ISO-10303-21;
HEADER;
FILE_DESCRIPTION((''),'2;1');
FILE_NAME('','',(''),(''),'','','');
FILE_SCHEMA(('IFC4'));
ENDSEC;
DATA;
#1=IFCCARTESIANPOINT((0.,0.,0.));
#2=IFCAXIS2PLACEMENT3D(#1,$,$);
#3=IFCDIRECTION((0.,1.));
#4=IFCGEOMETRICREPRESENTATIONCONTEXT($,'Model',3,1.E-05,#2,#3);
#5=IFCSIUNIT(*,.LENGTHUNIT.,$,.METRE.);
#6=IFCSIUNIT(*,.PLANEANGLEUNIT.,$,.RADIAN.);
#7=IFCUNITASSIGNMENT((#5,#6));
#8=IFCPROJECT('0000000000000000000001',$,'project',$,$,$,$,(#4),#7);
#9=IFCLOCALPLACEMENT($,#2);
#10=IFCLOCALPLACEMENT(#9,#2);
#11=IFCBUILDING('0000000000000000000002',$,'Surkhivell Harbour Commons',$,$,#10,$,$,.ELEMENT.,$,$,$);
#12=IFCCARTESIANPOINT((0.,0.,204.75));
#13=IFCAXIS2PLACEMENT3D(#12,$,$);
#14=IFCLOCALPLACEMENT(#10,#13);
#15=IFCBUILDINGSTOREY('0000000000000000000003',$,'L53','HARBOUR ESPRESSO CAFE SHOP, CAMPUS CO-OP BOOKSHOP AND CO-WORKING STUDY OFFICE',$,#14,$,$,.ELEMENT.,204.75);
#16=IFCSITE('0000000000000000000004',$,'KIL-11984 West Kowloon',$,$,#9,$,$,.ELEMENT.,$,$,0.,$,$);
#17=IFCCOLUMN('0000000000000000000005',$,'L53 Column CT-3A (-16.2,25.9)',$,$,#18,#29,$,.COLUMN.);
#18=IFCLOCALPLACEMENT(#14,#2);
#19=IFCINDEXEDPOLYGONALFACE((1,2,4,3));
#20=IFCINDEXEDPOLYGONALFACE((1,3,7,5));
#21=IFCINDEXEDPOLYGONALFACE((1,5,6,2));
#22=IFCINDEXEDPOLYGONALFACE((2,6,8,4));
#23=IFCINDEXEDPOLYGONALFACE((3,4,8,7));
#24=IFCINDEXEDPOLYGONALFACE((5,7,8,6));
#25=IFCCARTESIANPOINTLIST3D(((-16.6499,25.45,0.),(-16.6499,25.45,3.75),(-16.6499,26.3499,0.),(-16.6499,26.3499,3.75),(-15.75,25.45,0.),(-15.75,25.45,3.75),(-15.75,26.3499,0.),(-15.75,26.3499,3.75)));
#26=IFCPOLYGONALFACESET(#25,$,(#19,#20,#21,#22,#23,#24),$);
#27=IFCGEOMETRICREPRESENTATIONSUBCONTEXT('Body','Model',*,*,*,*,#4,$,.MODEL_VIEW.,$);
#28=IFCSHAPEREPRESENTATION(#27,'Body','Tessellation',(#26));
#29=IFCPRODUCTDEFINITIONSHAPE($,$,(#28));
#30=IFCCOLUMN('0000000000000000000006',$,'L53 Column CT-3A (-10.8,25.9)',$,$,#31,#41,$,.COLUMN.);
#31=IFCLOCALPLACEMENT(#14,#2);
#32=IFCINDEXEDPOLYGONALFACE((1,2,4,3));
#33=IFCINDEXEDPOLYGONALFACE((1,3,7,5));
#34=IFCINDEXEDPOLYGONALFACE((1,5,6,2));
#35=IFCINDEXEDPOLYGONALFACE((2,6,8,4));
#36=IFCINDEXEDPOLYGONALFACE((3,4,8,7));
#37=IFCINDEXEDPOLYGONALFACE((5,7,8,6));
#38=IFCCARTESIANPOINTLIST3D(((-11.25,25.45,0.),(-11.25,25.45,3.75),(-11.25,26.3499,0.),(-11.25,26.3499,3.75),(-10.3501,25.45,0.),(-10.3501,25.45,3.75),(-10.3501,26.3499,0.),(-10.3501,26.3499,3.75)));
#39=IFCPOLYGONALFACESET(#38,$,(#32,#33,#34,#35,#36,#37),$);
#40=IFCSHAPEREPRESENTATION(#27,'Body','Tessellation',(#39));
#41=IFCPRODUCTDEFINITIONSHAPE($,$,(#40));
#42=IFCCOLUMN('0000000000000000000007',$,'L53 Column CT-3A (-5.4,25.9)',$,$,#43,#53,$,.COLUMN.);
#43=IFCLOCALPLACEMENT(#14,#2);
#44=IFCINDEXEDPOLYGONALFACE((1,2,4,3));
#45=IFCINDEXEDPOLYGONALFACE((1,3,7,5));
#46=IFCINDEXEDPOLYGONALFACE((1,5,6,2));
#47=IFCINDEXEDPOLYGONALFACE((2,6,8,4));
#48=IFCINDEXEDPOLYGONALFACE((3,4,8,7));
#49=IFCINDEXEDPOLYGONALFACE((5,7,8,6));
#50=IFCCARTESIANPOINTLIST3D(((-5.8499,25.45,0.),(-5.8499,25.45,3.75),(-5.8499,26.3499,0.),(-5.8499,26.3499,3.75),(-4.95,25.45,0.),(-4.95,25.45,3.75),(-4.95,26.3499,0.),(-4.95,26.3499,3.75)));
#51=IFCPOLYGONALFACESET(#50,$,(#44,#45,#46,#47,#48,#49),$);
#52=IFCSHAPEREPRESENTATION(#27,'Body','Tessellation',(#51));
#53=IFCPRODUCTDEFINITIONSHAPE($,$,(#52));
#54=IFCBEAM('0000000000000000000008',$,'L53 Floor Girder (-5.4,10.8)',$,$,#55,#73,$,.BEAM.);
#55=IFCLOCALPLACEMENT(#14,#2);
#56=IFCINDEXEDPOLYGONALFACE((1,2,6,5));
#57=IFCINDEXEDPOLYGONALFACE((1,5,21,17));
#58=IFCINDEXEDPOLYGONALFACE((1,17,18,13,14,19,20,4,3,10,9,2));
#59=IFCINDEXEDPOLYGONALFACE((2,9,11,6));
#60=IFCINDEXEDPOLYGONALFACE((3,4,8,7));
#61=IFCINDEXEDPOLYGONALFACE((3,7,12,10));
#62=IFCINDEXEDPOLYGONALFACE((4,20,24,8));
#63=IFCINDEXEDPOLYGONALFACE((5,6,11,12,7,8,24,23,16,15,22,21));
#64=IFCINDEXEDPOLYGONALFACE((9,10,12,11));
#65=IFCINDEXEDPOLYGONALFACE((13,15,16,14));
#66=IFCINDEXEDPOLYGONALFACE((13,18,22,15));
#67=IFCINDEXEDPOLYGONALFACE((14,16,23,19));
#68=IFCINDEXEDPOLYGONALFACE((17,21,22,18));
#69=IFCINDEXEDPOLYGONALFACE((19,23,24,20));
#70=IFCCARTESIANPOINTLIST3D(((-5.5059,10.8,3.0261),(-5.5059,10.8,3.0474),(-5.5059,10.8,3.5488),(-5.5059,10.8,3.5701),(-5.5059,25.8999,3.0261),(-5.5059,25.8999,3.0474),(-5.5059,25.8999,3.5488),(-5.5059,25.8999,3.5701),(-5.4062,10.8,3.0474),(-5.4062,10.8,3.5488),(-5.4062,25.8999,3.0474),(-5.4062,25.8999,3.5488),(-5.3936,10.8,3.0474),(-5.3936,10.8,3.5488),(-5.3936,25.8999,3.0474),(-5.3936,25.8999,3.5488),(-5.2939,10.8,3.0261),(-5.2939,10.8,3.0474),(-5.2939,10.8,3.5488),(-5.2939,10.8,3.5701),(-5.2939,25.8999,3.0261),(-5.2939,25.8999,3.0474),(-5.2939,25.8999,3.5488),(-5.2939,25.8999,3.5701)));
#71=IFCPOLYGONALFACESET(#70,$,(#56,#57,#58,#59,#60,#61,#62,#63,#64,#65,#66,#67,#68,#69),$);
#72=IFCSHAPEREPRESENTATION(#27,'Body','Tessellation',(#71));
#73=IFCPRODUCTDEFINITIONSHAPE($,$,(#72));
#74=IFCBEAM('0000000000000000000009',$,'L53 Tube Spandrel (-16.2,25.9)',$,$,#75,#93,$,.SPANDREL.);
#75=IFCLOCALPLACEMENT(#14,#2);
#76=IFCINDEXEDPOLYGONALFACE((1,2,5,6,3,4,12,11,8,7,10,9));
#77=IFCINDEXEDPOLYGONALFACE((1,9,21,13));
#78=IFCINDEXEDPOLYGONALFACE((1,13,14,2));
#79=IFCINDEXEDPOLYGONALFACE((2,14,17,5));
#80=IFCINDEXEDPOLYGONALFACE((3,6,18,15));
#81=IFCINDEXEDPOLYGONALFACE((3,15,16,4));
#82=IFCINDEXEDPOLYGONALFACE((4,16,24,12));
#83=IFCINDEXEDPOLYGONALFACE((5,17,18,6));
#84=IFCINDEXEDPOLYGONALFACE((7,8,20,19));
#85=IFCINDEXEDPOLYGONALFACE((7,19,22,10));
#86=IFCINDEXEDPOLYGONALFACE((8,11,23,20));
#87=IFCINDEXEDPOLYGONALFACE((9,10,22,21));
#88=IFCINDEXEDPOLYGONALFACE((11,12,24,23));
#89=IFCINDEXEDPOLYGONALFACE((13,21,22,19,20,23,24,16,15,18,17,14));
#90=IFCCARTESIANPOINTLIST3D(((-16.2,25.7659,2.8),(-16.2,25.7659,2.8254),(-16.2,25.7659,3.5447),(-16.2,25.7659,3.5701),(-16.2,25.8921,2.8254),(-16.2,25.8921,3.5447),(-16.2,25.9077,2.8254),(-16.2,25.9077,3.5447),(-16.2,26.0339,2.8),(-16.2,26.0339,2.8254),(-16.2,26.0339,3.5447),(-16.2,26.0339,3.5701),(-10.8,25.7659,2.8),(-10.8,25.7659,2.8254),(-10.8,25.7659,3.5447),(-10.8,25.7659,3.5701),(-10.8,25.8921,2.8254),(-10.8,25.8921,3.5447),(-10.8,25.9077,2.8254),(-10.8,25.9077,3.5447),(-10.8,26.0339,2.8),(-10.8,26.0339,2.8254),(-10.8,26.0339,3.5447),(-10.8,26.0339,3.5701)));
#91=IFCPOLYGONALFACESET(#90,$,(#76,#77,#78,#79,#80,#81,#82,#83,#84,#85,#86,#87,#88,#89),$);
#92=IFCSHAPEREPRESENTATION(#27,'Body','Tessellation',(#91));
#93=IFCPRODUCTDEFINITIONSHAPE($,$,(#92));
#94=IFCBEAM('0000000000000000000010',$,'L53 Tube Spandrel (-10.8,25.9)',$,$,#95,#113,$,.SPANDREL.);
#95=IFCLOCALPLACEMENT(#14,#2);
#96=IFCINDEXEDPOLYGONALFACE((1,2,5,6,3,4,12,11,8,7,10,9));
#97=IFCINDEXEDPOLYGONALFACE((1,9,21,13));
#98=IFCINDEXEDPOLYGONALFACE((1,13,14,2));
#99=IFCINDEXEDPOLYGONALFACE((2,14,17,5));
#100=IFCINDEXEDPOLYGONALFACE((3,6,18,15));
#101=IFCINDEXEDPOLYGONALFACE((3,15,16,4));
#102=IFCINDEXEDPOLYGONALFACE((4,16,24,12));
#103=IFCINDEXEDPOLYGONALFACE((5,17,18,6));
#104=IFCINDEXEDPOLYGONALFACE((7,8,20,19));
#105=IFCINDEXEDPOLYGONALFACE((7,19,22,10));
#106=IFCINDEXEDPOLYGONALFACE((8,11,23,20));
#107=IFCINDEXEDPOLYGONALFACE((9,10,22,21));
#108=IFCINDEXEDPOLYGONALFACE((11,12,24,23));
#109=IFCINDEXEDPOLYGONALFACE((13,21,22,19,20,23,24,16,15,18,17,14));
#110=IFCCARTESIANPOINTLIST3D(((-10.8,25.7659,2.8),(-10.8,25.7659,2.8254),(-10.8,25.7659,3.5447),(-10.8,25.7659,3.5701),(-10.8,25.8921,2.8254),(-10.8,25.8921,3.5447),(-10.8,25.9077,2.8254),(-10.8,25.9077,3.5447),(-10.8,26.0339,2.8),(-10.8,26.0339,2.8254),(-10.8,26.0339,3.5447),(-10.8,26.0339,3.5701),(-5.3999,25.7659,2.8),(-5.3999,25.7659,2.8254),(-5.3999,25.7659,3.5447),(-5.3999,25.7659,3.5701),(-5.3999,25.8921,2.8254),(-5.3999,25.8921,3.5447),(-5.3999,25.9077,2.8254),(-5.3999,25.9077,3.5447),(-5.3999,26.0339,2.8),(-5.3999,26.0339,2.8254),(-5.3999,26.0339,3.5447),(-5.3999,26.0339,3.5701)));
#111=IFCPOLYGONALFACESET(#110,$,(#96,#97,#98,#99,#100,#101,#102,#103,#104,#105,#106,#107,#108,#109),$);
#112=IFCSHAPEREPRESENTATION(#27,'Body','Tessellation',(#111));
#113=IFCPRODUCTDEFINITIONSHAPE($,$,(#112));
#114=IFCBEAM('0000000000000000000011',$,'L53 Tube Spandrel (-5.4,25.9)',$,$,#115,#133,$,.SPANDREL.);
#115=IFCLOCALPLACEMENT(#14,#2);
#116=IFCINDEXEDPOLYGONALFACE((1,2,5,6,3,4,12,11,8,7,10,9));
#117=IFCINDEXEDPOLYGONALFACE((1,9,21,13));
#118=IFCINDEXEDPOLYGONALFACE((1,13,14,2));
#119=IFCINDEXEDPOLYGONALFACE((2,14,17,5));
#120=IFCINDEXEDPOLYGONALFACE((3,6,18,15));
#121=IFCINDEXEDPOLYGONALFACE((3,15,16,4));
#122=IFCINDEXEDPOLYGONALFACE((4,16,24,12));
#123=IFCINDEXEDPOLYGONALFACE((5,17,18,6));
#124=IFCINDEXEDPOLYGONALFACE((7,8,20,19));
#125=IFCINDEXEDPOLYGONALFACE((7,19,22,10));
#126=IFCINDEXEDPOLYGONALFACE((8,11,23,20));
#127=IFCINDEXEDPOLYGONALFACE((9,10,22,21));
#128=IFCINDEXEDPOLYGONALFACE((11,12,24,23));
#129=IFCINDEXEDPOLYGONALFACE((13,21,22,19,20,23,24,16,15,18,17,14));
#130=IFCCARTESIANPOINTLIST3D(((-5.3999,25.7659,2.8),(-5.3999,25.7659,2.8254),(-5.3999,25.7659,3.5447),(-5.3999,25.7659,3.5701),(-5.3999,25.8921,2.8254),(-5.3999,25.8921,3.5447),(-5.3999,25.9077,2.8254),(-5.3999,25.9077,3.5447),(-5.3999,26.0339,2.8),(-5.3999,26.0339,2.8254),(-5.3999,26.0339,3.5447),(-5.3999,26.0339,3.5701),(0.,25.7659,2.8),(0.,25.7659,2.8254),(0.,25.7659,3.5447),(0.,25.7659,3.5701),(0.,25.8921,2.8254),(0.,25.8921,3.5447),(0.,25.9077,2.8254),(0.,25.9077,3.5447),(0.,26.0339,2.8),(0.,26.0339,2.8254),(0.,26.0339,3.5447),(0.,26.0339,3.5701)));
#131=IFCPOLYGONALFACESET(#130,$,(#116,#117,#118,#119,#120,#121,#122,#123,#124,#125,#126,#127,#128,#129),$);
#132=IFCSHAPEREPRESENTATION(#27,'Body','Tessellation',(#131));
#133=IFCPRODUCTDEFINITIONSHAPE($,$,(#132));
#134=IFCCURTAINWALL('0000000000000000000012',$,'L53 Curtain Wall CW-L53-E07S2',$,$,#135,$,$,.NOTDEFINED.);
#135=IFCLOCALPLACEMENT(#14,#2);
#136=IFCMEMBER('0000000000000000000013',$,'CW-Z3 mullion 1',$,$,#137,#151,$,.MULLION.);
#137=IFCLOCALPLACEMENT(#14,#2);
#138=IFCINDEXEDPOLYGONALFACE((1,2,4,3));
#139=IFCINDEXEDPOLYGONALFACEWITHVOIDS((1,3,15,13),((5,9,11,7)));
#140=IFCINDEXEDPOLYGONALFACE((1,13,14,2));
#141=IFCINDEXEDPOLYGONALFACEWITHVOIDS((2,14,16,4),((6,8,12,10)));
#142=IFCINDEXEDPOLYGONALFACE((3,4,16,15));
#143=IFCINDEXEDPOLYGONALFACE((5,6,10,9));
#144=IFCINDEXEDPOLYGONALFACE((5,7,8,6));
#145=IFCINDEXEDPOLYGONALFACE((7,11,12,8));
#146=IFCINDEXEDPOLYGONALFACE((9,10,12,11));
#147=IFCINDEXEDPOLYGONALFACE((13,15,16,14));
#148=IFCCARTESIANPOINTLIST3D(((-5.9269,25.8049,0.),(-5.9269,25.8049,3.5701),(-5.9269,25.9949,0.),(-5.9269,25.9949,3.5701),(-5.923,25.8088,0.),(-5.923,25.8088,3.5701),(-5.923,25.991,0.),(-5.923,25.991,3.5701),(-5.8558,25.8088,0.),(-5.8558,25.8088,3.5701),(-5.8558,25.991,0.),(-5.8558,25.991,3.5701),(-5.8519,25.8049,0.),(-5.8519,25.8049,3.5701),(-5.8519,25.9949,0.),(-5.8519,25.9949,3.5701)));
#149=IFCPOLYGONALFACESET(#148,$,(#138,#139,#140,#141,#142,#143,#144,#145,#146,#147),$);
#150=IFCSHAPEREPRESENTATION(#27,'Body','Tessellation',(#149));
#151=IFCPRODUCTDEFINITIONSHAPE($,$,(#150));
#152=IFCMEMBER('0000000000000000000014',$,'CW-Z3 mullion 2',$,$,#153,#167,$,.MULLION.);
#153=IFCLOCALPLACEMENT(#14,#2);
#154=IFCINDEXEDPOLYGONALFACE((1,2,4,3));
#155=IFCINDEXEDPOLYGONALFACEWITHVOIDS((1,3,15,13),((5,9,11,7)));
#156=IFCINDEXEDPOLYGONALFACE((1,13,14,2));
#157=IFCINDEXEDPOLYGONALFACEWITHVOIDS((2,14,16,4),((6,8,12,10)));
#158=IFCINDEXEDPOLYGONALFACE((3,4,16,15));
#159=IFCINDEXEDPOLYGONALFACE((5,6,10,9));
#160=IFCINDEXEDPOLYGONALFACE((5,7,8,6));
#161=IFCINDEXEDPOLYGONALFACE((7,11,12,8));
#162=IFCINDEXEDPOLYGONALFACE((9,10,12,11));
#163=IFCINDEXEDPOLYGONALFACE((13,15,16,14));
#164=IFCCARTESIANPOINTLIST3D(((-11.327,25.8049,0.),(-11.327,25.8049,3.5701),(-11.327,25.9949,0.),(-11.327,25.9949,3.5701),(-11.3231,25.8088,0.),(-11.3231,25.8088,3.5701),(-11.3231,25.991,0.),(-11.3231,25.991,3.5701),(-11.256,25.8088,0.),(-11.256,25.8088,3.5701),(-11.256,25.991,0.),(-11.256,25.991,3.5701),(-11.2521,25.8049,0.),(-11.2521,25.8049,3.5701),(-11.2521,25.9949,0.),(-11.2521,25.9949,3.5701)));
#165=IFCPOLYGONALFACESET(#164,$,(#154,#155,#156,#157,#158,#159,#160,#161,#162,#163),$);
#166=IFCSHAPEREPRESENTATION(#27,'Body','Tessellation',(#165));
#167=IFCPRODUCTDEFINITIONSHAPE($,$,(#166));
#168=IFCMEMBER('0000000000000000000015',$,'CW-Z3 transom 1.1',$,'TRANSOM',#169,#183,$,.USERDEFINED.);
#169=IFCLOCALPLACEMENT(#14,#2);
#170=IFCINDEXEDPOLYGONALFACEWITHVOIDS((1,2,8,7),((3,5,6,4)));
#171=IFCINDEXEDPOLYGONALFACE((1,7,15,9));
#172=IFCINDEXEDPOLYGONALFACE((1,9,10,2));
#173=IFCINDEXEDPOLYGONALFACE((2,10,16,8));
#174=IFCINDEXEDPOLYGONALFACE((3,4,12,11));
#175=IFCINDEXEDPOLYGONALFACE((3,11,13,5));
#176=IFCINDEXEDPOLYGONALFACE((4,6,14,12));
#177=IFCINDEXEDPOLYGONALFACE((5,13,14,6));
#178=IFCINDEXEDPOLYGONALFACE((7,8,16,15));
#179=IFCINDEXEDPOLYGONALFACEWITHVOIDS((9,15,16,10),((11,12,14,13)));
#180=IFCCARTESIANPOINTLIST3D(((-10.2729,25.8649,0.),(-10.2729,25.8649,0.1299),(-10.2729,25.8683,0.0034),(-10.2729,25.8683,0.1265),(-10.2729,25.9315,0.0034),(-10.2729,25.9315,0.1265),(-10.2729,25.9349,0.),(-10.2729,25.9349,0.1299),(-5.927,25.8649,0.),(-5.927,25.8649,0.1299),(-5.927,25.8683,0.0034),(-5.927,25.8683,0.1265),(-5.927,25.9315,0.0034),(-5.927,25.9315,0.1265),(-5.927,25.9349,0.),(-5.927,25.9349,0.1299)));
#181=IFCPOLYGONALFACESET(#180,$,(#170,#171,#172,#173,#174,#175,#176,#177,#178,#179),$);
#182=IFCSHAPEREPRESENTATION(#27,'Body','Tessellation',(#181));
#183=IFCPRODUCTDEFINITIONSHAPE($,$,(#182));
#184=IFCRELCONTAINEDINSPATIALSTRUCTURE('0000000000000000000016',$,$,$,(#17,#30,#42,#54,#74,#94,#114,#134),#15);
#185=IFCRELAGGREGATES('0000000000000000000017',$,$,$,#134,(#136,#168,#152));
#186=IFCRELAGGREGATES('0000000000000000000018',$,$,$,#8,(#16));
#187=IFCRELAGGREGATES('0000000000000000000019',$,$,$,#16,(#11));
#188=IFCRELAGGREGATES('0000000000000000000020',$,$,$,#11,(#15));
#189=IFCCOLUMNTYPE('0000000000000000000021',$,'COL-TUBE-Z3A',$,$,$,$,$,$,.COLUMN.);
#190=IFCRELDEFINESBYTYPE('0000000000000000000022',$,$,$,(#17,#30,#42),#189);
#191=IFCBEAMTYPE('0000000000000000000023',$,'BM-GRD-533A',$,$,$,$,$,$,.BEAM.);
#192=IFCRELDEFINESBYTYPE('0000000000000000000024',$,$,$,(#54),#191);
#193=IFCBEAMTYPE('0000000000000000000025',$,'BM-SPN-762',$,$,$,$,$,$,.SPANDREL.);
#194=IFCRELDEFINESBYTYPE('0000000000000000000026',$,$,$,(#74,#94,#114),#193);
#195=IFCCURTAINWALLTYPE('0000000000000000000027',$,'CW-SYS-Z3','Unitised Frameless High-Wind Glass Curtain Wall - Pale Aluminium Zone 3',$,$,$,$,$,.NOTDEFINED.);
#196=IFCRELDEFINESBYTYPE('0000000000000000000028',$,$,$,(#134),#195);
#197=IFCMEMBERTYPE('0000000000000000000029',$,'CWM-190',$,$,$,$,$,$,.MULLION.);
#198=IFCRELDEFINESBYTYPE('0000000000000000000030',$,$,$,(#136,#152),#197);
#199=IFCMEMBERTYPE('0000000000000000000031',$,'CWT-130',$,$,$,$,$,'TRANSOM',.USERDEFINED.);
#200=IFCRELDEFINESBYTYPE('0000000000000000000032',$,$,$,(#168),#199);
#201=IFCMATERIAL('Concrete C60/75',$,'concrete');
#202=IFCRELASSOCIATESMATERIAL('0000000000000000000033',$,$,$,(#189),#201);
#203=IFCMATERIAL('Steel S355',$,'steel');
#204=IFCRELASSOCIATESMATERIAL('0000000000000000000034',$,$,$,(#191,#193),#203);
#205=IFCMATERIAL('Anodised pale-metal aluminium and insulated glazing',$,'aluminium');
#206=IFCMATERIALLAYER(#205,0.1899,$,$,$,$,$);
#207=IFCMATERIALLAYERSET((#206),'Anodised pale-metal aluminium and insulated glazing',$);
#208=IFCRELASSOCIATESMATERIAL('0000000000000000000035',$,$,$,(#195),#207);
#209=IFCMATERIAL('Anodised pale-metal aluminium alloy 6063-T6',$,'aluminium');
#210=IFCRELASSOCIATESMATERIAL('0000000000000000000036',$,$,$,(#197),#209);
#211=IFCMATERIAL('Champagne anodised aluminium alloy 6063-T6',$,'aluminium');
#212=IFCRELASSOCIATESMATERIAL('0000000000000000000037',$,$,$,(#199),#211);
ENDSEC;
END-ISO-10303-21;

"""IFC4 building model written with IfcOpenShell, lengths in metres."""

from ifc_helpers import new_model, si_unit, direction, frame, origin, origin_2d, place, context, subcontext, project, spatial, rectangle, hollow_rectangle, i_section, extrude, material, layer, layer_set, material_profile, profile_set, type_object, element, aggregate, save


model = new_model("IFC4")

# Units and contexts
model_context = context("Model", 3, precision=1e-05, world=origin(), true_north=direction((0.0, 1.0)))
body_context = subcontext(model_context, "Body", "Model", "MODEL_VIEW")
ifc_project = project(units=[si_unit("LENGTHUNIT", "METRE"), si_unit("PLANEANGLEUNIT", "RADIAN")], contexts=[model_context])

# Site, building, storey
site_placement = place(None, origin())
site = spatial("IfcSite", under=ifc_project, at=site_placement, Name="KIL-11984 West Kowloon", CompositionType="ELEMENT", RefElevation=0.0)
building_placement = place(site_placement, origin())
building = spatial("IfcBuilding", under=site, at=building_placement, Name="Surkhivell Harbour Commons", CompositionType="ELEMENT")
storey_placement = place(building_placement, frame((0.0, 0.0, 204.75)))
storey = spatial("IfcBuildingStorey", under=building, at=storey_placement, Name="L53", Description="HARBOUR ESPRESSO CAFE SHOP, CAMPUS CO-OP BOOKSHOP AND CO-WORKING STUDY OFFICE", CompositionType="ELEMENT", Elevation=204.75)

# Columns
ifc_material_1 = material(Name="Concrete C60/75", Category="concrete")
ifc_material_profile_1 = material_profile(ifc_material_1, rectangle(XDim=0.8999, YDim=0.8999, at=origin_2d()), Name="RC-COL-900x900")
ifc_profile_set_1 = profile_set([ifc_material_profile_1], Name="Concrete C60/75")
column_type = type_object("IfcColumnType", Name="COL-TUBE-Z3A", PredefinedType="COLUMN", material=ifc_profile_set_1)
for number, where, z_axis, x_axis, name in (
    (1, (-16.2, 25.8999, 0.0), (0.0, 0.0, 1.0), (1.0, 0.0, 0.0), "L53 Column CT-3A (-16.2,25.9)"),
    (2, (-10.8, 25.8999, 0.0), (0.0, 0.0, 1.0), (1.0, 0.0, 0.0), "L53 Column CT-3A (-10.8,25.9)"),
    (3, (-5.3999, 25.8999, 0.0), (0.0, 0.0, 1.0), (1.0, 0.0, 0.0), "L53 Column CT-3A (-5.4,25.9)"),
):
    element("IfcColumn", number, at=place(storey_placement, frame(where, z_axis=z_axis, x_axis=x_axis)), inside=storey, type_object=column_type, Name=name, PredefinedType="COLUMN", context=body_context, shape_type="SweptSolid", body=[
        extrude(rectangle(XDim=0.8999, YDim=0.8999, at=origin_2d()), origin(), (0.0, 0.0, 1.0), 3.75),
    ])

# Beams
ifc_material_2 = material(Name="Steel S355", Category="steel")
ifc_material_profile_2 = material_profile(ifc_material_2, i_section(OverallWidth=0.2119, OverallDepth=0.5439, WebThickness=0.0127, FlangeThickness=0.0212, at=origin_2d()), Name="UB533x210x122")
ifc_profile_set_2 = profile_set([ifc_material_profile_2], Name="Steel S355")
beam_type_1 = type_object("IfcBeamType", Name="BM-GRD-533A", PredefinedType="BEAM", material=ifc_profile_set_2)
beam_1_placement = place(storey_placement, frame((-5.3999, 10.8, 3.2981), z_axis=(0.0, 1.0, 0.0), x_axis=(-1.0, 0.0, 0.0)))
element("IfcBeam", 4, at=beam_1_placement, inside=storey, type_object=beam_type_1, Name="L53 Floor Girder (-5.4,10.8)", PredefinedType="BEAM", context=body_context, shape_type="SweptSolid", body=[
    extrude(i_section(OverallWidth=0.2119, OverallDepth=0.5439, WebThickness=0.0127, FlangeThickness=0.0212, at=origin_2d()), origin(), (0.0, 0.0, 1.0), 15.0999),
])
ifc_material_profile_3 = material_profile(ifc_material_2, i_section(OverallWidth=0.2681, OverallDepth=0.77, WebThickness=0.0156, FlangeThickness=0.0254, at=origin_2d()), Name="UB762x267x197")
ifc_profile_set_3 = profile_set([ifc_material_profile_3], Name="Steel S355")
beam_type_2 = type_object("IfcBeamType", Name="BM-SPN-762", PredefinedType="SPANDREL", material=ifc_profile_set_3)
beam_2_placement = place(storey_placement, frame((-16.2, 25.8999, 3.1851), z_axis=(1.0, 0.0, 0.0), x_axis=(0.0, 1.0, 0.0)))
element("IfcBeam", 5, at=beam_2_placement, inside=storey, type_object=beam_type_2, Name="L53 Tube Spandrel (-16.2,25.9)", PredefinedType="SPANDREL", context=body_context, shape_type="SweptSolid", body=[
    extrude(i_section(OverallWidth=0.2681, OverallDepth=0.77, WebThickness=0.0156, FlangeThickness=0.0254, at=origin_2d()), origin(), (0.0, 0.0, 1.0), 5.3999),
])
beam_3_placement = place(storey_placement, frame((-10.8, 25.8999, 3.1851), z_axis=(1.0, 0.0, 0.0), x_axis=(0.0, 1.0, 0.0)))
element("IfcBeam", 6, at=beam_3_placement, inside=storey, type_object=beam_type_2, Name="L53 Tube Spandrel (-10.8,25.9)", PredefinedType="SPANDREL", context=body_context, shape_type="SweptSolid", body=[
    extrude(i_section(OverallWidth=0.2681, OverallDepth=0.77, WebThickness=0.0156, FlangeThickness=0.0254, at=origin_2d()), origin(), (0.0, 0.0, 1.0), 5.4001),
])
beam_4_placement = place(storey_placement, frame((-5.3999, 25.8999, 3.1851), z_axis=(1.0, 0.0, 0.0), x_axis=(0.0, 1.0, 0.0)))
element("IfcBeam", 7, at=beam_4_placement, inside=storey, type_object=beam_type_2, Name="L53 Tube Spandrel (-5.4,25.9)", PredefinedType="SPANDREL", context=body_context, shape_type="SweptSolid", body=[
    extrude(i_section(OverallWidth=0.2681, OverallDepth=0.77, WebThickness=0.0156, FlangeThickness=0.0254, at=origin_2d()), origin(), (0.0, 0.0, 1.0), 5.3999),
])

# Curtain wall, members
ifc_material_3 = material(Name="Anodised pale-metal aluminium and insulated glazing", Category="aluminium")
ifc_layer_1 = layer(ifc_material_3, 0.1899)
ifc_layer_set_1 = layer_set([ifc_layer_1], Name="Anodised pale-metal aluminium and insulated glazing")
curtain_wall_type = type_object("IfcCurtainWallType", Name="CW-SYS-Z3", Description="Unitised Frameless High-Wind Glass Curtain Wall - Pale Aluminium Zone 3", PredefinedType="NOTDEFINED", material=ifc_layer_set_1)
curtain_wall_placement = place(storey_placement, origin())
curtain_wall = element("IfcCurtainWall", 8, at=curtain_wall_placement, inside=storey, type_object=curtain_wall_type, Name="L53 Curtain Wall CW-L53-E07S2", PredefinedType="NOTDEFINED")
ifc_material_4 = material(Name="Anodised pale-metal aluminium alloy 6063-T6", Category="aluminium")
ifc_material_profile_4 = material_profile(ifc_material_4, hollow_rectangle(XDim=0.075, YDim=0.1899, WallThickness=0.0039, at=origin_2d()), Name="ALU-MULL-75x190")
ifc_profile_set_4 = profile_set([ifc_material_profile_4], Name="Anodised pale-metal aluminium alloy 6063-T6")
member_type_1 = type_object("IfcMemberType", Name="CWM-190", PredefinedType="MULLION", material=ifc_profile_set_4)
member_1_placement = place(storey_placement, frame((-5.8894, 25.8999, 0.0), z_axis=(0.0, 0.0, 1.0), x_axis=(-1.0, 0.0, 0.0)))
member_1 = element("IfcMember", 9, at=member_1_placement, type_object=member_type_1, Name="CW-Z3 mullion 1", PredefinedType="MULLION", context=body_context, shape_type="SweptSolid", body=[
    extrude(hollow_rectangle(XDim=0.075, YDim=0.1899, WallThickness=0.0039, at=origin_2d()), origin(), (0.0, 0.0, 1.0), 3.5701),
])
member_2_placement = place(storey_placement, frame((-11.2896, 25.8999, 0.0), z_axis=(0.0, 0.0, 1.0), x_axis=(-1.0, 0.0, 0.0)))
member_2 = element("IfcMember", 10, at=member_2_placement, type_object=member_type_1, Name="CW-Z3 mullion 2", PredefinedType="MULLION", context=body_context, shape_type="SweptSolid", body=[
    extrude(hollow_rectangle(XDim=0.075, YDim=0.1899, WallThickness=0.0039, at=origin_2d()), origin(), (0.0, 0.0, 1.0), 3.5701),
])
ifc_material_5 = material(Name="Champagne anodised aluminium alloy 6063-T6", Category="aluminium")
ifc_material_profile_5 = material_profile(ifc_material_5, hollow_rectangle(XDim=0.0701, YDim=0.1299, WallThickness=0.0034, at=origin_2d()), Name="ALU-TRAN-70x130")
ifc_profile_set_5 = profile_set([ifc_material_profile_5], Name="Champagne anodised aluminium alloy 6063-T6")
member_type_2 = type_object("IfcMemberType", Name="CWT-130", ElementType="TRANSOM", PredefinedType="USERDEFINED", material=ifc_profile_set_5)
member_3_placement = place(storey_placement, frame((-5.927, 25.8999, 0.0649), z_axis=(-1.0, 0.0, 0.0), x_axis=(0.0, -1.0, 0.0)))
member_3 = element("IfcMember", 11, at=member_3_placement, type_object=member_type_2, Name="CW-Z3 transom 1.1", ObjectType="TRANSOM", PredefinedType="USERDEFINED", context=body_context, shape_type="SweptSolid", body=[
    extrude(hollow_rectangle(XDim=0.0701, YDim=0.1299, WallThickness=0.0034, at=origin_2d()), origin(), (0.0, 0.0, 1.0), 4.3459),
])

aggregate(curtain_wall, [member_1, member_3, member_2])

save(model, "model.ifc")
